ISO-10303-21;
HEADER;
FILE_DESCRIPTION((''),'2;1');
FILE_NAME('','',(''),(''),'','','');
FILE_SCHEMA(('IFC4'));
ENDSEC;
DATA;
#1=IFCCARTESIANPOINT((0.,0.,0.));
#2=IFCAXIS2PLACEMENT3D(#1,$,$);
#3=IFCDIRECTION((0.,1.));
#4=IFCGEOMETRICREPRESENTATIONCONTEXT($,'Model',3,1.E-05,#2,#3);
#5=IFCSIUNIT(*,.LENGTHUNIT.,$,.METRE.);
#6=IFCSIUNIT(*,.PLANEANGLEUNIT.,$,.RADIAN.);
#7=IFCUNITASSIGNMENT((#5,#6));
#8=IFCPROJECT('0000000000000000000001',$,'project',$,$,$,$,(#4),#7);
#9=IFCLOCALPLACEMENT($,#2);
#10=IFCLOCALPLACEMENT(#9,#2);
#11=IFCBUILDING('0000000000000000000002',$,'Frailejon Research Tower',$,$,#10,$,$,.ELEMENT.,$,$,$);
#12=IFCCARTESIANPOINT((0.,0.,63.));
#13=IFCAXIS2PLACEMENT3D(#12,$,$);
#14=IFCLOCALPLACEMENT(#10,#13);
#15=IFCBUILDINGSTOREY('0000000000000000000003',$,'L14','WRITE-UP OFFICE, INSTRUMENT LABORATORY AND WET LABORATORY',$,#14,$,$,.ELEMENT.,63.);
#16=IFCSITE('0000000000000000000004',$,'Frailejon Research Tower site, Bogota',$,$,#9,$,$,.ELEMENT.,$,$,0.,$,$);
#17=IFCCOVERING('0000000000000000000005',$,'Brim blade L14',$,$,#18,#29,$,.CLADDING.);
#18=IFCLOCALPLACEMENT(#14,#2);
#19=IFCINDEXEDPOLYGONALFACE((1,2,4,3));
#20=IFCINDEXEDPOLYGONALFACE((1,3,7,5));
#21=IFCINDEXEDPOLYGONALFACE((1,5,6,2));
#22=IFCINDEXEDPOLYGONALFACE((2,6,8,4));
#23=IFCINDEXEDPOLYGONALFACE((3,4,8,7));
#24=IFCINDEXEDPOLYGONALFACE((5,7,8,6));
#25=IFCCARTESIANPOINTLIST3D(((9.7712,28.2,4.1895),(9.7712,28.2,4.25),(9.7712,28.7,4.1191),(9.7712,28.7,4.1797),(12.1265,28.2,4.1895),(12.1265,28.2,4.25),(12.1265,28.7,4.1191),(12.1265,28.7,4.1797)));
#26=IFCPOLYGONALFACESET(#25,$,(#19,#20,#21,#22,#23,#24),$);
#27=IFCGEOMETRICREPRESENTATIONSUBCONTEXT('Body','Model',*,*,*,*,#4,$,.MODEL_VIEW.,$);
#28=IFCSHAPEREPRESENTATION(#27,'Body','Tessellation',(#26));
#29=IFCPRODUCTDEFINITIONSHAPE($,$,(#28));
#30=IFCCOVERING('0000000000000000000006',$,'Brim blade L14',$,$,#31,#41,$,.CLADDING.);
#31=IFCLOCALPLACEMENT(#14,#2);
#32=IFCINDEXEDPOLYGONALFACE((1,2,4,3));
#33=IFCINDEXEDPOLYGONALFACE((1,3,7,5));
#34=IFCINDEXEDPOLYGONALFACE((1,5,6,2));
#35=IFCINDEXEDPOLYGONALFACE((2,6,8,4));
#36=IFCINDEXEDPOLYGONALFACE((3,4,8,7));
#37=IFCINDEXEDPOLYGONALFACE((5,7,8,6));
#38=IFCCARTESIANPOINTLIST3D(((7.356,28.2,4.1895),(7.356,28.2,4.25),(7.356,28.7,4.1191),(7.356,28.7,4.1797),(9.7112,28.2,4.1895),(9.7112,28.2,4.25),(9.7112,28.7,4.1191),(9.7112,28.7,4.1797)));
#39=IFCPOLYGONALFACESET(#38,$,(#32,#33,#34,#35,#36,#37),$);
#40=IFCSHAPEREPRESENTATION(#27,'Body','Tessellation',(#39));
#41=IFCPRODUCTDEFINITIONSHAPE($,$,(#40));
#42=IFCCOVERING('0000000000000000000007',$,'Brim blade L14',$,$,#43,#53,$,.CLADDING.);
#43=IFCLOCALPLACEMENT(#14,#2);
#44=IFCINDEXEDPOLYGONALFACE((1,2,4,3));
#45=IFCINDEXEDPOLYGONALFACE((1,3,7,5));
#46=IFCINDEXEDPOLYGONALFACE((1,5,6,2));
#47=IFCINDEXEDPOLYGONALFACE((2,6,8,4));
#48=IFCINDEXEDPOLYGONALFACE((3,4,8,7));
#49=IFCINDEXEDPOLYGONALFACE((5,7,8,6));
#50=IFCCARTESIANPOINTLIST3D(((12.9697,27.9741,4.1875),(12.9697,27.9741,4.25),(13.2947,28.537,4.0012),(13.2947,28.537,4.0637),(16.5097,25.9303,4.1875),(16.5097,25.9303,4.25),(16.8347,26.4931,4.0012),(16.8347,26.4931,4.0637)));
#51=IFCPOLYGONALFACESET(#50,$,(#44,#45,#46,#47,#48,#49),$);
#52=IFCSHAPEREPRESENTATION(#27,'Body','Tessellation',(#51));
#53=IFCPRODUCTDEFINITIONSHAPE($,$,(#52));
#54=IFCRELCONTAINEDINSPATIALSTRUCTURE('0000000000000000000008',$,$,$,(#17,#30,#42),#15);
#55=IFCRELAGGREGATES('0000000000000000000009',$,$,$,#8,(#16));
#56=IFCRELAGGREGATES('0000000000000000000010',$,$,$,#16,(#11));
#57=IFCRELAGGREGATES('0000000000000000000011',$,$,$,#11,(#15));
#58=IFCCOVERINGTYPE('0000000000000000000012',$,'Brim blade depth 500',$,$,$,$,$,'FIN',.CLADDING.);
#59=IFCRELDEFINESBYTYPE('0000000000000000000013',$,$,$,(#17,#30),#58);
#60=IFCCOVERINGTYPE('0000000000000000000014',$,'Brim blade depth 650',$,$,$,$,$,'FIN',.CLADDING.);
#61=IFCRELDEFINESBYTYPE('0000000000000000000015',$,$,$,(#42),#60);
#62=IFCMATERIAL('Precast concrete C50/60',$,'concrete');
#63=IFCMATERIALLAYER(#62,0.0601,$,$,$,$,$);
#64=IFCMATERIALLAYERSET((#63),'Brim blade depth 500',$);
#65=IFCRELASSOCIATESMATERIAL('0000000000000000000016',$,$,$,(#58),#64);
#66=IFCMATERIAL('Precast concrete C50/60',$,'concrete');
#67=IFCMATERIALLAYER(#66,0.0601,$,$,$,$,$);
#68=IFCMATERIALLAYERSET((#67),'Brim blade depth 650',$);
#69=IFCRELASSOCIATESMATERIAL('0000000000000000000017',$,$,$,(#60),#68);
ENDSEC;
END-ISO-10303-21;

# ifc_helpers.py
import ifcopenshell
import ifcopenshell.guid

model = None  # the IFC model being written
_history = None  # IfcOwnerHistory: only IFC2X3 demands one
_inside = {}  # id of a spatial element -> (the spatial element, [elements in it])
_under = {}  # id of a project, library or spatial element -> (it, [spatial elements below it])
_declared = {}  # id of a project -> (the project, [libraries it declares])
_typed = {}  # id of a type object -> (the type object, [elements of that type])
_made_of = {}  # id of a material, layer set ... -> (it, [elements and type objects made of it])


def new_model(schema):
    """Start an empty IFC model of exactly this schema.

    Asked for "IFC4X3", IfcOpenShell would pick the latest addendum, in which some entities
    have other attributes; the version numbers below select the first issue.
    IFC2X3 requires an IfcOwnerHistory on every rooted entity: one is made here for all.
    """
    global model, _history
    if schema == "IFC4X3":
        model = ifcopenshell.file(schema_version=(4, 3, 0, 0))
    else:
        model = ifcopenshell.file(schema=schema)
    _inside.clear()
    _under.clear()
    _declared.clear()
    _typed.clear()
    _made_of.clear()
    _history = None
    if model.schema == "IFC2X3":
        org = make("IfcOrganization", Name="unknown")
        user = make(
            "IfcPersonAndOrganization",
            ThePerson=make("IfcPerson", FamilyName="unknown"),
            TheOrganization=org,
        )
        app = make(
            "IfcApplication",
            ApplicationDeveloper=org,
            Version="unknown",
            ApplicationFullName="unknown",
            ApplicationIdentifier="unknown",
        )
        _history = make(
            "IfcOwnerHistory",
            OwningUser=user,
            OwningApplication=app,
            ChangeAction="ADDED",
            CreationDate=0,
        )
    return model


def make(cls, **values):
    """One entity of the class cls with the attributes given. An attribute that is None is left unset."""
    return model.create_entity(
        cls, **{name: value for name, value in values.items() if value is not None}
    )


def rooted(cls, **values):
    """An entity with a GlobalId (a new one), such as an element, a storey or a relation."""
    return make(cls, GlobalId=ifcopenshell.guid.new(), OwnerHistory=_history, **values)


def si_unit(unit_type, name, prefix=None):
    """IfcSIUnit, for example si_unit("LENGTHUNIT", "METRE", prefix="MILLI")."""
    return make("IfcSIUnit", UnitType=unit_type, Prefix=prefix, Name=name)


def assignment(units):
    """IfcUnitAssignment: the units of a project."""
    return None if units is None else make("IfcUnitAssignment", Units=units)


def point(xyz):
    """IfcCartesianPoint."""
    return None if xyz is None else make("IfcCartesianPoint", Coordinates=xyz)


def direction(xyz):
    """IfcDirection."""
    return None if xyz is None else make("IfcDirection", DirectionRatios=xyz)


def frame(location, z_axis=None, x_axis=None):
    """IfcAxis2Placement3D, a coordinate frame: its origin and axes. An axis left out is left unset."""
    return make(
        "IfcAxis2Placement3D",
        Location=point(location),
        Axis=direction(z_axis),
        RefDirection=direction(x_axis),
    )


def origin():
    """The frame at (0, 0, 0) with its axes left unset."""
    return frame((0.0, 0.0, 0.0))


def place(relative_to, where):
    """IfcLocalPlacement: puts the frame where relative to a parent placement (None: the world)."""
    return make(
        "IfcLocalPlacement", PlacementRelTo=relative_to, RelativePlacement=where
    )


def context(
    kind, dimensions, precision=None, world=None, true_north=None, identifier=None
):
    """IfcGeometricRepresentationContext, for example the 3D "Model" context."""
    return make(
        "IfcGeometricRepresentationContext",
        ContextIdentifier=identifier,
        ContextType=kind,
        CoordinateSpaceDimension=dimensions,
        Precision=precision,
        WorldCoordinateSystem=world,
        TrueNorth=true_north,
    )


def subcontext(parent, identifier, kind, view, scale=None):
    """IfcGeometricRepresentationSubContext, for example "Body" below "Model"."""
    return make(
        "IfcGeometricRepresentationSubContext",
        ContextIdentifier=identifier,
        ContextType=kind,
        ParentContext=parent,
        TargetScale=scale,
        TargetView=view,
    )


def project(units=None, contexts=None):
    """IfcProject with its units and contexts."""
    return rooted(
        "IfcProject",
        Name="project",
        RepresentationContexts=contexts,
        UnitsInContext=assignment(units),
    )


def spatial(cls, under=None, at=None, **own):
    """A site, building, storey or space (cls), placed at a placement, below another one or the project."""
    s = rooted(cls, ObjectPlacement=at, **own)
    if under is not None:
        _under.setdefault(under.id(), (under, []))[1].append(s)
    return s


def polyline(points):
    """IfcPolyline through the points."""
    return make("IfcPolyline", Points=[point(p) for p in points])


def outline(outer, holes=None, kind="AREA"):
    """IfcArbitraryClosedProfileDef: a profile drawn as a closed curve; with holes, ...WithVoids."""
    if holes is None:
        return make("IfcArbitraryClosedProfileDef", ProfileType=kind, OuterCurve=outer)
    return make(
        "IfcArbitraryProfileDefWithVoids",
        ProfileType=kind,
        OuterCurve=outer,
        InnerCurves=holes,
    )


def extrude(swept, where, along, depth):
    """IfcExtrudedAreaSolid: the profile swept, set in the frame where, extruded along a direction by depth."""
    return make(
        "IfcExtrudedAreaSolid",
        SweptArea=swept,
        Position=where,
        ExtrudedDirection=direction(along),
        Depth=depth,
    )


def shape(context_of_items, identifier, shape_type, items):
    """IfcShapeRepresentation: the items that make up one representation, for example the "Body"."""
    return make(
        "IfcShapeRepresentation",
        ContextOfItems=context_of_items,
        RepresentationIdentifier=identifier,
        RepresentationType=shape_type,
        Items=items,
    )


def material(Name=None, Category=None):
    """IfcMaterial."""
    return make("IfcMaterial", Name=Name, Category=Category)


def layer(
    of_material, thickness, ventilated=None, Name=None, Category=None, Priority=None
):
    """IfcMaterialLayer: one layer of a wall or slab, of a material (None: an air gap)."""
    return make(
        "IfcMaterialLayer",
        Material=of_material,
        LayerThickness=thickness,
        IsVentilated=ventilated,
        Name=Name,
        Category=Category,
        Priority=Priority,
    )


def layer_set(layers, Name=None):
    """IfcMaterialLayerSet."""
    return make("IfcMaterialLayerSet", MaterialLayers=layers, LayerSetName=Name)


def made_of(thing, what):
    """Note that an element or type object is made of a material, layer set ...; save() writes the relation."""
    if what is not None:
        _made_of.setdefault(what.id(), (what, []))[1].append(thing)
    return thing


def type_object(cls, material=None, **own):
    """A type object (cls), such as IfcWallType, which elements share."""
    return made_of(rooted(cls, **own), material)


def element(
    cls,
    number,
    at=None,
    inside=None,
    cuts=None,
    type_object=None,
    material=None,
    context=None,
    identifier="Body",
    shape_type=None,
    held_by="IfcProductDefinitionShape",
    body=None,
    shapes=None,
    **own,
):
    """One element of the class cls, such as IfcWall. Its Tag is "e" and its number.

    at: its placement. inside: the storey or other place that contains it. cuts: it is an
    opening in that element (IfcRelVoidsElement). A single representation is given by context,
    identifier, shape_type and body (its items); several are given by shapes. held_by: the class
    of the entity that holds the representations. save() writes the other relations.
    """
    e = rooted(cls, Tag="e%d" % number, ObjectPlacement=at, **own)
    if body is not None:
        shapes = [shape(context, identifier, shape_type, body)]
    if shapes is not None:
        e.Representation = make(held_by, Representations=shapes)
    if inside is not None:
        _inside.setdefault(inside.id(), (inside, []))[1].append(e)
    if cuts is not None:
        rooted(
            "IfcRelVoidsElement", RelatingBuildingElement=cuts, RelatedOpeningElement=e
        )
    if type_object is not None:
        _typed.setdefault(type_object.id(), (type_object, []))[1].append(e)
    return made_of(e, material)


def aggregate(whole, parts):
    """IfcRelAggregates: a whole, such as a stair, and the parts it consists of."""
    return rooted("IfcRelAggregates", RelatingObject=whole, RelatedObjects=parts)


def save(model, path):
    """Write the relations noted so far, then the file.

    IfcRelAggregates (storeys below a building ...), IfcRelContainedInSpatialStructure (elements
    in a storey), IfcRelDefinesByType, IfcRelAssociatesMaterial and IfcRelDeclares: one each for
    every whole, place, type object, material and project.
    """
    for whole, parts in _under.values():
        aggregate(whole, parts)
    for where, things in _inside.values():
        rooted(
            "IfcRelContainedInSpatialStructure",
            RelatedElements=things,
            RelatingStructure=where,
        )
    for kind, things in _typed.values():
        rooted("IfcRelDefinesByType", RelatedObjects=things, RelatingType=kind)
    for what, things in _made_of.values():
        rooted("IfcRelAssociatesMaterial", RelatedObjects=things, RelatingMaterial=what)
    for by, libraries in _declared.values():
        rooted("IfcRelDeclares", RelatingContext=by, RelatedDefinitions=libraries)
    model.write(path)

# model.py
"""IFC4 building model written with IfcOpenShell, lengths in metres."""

from ifc_helpers import new_model, si_unit, direction, frame, origin, place, context, subcontext, project, spatial, polyline, outline, extrude, material, layer, layer_set, type_object, element, save


model = new_model("IFC4")

# Units and contexts
model_context = context("Model", 3, precision=1e-05, world=origin(), true_north=direction((0.0, 1.0)))
body_context = subcontext(model_context, "Body", "Model", "MODEL_VIEW")
ifc_project = project(units=[si_unit("LENGTHUNIT", "METRE"), si_unit("PLANEANGLEUNIT", "RADIAN")], contexts=[model_context])

# Site, building, storey
site_placement = place(None, origin())
site = spatial("IfcSite", under=ifc_project, at=site_placement, Name="Frailejon Research Tower site, Bogota", CompositionType="ELEMENT", RefElevation=0.0)
building_placement = place(site_placement, origin())
building = spatial("IfcBuilding", under=site, at=building_placement, Name="Frailejon Research Tower", CompositionType="ELEMENT")
storey_placement = place(building_placement, frame((0.0, 0.0, 63.0)))
storey = spatial("IfcBuildingStorey", under=building, at=storey_placement, Name="L14", Description="WRITE-UP OFFICE, INSTRUMENT LABORATORY AND WET LABORATORY", CompositionType="ELEMENT", Elevation=63.0)

# Coverings
ifc_material_1 = material(Name="Precast concrete C50/60", Category="concrete")
ifc_layer_1 = layer(ifc_material_1, 0.0601)
ifc_layer_set_1 = layer_set([ifc_layer_1], Name="Brim blade depth 500")
covering_type_1 = type_object("IfcCoveringType", Name="Brim blade depth 500", ElementType="FIN", PredefinedType="CLADDING", material=ifc_layer_set_1)
for number, where, z_axis, x_axis, name in (
    (1, (9.7712, 28.2, 4.25), (1.0, 0.0, 0.0), (0.0, 1.0, 0.0), "Brim blade L14"),
    (2, (7.356, 28.2, 4.25), (1.0, 0.0, 0.0), (0.0, 1.0, 0.0), "Brim blade L14"),
):
    element("IfcCovering", number, at=place(storey_placement, frame(where, z_axis=z_axis, x_axis=x_axis)), inside=storey, type_object=covering_type_1, Name=name, PredefinedType="CLADDING", context=body_context, shape_type="SweptSolid", body=[
        extrude(outline(polyline([(0.0, -0.0605), (0.5, -0.1309), (0.5, -0.0703), (0.0, 0.0), (0.0, -0.0605)])), origin(), (0.0, 0.0, 1.0), 2.3552),
    ])
ifc_material_2 = material(Name="Precast concrete C50/60", Category="concrete")
ifc_layer_2 = layer(ifc_material_2, 0.0601)
ifc_layer_set_2 = layer_set([ifc_layer_2], Name="Brim blade depth 650")
covering_type_2 = type_object("IfcCoveringType", Name="Brim blade depth 650", ElementType="FIN", PredefinedType="CLADDING", material=ifc_layer_set_2)
covering_placement = place(storey_placement, frame((12.9697, 27.9741, 4.25), z_axis=(0.866027, -0.499997, 0.0), x_axis=(0.499997, 0.866027, 0.0)))
element("IfcCovering", 3, at=covering_placement, inside=storey, type_object=covering_type_2, Name="Brim blade L14", PredefinedType="CLADDING", context=body_context, shape_type="SweptSolid", body=[
    extrude(outline(polyline([(0.0, -0.0625), (0.6499, -0.2488), (0.6499, -0.1863), (0.0, 0.0), (0.0, -0.0625)])), origin(), (0.0, 0.0, 1.0), 4.0876),
])

save(model, "model.ifc")
